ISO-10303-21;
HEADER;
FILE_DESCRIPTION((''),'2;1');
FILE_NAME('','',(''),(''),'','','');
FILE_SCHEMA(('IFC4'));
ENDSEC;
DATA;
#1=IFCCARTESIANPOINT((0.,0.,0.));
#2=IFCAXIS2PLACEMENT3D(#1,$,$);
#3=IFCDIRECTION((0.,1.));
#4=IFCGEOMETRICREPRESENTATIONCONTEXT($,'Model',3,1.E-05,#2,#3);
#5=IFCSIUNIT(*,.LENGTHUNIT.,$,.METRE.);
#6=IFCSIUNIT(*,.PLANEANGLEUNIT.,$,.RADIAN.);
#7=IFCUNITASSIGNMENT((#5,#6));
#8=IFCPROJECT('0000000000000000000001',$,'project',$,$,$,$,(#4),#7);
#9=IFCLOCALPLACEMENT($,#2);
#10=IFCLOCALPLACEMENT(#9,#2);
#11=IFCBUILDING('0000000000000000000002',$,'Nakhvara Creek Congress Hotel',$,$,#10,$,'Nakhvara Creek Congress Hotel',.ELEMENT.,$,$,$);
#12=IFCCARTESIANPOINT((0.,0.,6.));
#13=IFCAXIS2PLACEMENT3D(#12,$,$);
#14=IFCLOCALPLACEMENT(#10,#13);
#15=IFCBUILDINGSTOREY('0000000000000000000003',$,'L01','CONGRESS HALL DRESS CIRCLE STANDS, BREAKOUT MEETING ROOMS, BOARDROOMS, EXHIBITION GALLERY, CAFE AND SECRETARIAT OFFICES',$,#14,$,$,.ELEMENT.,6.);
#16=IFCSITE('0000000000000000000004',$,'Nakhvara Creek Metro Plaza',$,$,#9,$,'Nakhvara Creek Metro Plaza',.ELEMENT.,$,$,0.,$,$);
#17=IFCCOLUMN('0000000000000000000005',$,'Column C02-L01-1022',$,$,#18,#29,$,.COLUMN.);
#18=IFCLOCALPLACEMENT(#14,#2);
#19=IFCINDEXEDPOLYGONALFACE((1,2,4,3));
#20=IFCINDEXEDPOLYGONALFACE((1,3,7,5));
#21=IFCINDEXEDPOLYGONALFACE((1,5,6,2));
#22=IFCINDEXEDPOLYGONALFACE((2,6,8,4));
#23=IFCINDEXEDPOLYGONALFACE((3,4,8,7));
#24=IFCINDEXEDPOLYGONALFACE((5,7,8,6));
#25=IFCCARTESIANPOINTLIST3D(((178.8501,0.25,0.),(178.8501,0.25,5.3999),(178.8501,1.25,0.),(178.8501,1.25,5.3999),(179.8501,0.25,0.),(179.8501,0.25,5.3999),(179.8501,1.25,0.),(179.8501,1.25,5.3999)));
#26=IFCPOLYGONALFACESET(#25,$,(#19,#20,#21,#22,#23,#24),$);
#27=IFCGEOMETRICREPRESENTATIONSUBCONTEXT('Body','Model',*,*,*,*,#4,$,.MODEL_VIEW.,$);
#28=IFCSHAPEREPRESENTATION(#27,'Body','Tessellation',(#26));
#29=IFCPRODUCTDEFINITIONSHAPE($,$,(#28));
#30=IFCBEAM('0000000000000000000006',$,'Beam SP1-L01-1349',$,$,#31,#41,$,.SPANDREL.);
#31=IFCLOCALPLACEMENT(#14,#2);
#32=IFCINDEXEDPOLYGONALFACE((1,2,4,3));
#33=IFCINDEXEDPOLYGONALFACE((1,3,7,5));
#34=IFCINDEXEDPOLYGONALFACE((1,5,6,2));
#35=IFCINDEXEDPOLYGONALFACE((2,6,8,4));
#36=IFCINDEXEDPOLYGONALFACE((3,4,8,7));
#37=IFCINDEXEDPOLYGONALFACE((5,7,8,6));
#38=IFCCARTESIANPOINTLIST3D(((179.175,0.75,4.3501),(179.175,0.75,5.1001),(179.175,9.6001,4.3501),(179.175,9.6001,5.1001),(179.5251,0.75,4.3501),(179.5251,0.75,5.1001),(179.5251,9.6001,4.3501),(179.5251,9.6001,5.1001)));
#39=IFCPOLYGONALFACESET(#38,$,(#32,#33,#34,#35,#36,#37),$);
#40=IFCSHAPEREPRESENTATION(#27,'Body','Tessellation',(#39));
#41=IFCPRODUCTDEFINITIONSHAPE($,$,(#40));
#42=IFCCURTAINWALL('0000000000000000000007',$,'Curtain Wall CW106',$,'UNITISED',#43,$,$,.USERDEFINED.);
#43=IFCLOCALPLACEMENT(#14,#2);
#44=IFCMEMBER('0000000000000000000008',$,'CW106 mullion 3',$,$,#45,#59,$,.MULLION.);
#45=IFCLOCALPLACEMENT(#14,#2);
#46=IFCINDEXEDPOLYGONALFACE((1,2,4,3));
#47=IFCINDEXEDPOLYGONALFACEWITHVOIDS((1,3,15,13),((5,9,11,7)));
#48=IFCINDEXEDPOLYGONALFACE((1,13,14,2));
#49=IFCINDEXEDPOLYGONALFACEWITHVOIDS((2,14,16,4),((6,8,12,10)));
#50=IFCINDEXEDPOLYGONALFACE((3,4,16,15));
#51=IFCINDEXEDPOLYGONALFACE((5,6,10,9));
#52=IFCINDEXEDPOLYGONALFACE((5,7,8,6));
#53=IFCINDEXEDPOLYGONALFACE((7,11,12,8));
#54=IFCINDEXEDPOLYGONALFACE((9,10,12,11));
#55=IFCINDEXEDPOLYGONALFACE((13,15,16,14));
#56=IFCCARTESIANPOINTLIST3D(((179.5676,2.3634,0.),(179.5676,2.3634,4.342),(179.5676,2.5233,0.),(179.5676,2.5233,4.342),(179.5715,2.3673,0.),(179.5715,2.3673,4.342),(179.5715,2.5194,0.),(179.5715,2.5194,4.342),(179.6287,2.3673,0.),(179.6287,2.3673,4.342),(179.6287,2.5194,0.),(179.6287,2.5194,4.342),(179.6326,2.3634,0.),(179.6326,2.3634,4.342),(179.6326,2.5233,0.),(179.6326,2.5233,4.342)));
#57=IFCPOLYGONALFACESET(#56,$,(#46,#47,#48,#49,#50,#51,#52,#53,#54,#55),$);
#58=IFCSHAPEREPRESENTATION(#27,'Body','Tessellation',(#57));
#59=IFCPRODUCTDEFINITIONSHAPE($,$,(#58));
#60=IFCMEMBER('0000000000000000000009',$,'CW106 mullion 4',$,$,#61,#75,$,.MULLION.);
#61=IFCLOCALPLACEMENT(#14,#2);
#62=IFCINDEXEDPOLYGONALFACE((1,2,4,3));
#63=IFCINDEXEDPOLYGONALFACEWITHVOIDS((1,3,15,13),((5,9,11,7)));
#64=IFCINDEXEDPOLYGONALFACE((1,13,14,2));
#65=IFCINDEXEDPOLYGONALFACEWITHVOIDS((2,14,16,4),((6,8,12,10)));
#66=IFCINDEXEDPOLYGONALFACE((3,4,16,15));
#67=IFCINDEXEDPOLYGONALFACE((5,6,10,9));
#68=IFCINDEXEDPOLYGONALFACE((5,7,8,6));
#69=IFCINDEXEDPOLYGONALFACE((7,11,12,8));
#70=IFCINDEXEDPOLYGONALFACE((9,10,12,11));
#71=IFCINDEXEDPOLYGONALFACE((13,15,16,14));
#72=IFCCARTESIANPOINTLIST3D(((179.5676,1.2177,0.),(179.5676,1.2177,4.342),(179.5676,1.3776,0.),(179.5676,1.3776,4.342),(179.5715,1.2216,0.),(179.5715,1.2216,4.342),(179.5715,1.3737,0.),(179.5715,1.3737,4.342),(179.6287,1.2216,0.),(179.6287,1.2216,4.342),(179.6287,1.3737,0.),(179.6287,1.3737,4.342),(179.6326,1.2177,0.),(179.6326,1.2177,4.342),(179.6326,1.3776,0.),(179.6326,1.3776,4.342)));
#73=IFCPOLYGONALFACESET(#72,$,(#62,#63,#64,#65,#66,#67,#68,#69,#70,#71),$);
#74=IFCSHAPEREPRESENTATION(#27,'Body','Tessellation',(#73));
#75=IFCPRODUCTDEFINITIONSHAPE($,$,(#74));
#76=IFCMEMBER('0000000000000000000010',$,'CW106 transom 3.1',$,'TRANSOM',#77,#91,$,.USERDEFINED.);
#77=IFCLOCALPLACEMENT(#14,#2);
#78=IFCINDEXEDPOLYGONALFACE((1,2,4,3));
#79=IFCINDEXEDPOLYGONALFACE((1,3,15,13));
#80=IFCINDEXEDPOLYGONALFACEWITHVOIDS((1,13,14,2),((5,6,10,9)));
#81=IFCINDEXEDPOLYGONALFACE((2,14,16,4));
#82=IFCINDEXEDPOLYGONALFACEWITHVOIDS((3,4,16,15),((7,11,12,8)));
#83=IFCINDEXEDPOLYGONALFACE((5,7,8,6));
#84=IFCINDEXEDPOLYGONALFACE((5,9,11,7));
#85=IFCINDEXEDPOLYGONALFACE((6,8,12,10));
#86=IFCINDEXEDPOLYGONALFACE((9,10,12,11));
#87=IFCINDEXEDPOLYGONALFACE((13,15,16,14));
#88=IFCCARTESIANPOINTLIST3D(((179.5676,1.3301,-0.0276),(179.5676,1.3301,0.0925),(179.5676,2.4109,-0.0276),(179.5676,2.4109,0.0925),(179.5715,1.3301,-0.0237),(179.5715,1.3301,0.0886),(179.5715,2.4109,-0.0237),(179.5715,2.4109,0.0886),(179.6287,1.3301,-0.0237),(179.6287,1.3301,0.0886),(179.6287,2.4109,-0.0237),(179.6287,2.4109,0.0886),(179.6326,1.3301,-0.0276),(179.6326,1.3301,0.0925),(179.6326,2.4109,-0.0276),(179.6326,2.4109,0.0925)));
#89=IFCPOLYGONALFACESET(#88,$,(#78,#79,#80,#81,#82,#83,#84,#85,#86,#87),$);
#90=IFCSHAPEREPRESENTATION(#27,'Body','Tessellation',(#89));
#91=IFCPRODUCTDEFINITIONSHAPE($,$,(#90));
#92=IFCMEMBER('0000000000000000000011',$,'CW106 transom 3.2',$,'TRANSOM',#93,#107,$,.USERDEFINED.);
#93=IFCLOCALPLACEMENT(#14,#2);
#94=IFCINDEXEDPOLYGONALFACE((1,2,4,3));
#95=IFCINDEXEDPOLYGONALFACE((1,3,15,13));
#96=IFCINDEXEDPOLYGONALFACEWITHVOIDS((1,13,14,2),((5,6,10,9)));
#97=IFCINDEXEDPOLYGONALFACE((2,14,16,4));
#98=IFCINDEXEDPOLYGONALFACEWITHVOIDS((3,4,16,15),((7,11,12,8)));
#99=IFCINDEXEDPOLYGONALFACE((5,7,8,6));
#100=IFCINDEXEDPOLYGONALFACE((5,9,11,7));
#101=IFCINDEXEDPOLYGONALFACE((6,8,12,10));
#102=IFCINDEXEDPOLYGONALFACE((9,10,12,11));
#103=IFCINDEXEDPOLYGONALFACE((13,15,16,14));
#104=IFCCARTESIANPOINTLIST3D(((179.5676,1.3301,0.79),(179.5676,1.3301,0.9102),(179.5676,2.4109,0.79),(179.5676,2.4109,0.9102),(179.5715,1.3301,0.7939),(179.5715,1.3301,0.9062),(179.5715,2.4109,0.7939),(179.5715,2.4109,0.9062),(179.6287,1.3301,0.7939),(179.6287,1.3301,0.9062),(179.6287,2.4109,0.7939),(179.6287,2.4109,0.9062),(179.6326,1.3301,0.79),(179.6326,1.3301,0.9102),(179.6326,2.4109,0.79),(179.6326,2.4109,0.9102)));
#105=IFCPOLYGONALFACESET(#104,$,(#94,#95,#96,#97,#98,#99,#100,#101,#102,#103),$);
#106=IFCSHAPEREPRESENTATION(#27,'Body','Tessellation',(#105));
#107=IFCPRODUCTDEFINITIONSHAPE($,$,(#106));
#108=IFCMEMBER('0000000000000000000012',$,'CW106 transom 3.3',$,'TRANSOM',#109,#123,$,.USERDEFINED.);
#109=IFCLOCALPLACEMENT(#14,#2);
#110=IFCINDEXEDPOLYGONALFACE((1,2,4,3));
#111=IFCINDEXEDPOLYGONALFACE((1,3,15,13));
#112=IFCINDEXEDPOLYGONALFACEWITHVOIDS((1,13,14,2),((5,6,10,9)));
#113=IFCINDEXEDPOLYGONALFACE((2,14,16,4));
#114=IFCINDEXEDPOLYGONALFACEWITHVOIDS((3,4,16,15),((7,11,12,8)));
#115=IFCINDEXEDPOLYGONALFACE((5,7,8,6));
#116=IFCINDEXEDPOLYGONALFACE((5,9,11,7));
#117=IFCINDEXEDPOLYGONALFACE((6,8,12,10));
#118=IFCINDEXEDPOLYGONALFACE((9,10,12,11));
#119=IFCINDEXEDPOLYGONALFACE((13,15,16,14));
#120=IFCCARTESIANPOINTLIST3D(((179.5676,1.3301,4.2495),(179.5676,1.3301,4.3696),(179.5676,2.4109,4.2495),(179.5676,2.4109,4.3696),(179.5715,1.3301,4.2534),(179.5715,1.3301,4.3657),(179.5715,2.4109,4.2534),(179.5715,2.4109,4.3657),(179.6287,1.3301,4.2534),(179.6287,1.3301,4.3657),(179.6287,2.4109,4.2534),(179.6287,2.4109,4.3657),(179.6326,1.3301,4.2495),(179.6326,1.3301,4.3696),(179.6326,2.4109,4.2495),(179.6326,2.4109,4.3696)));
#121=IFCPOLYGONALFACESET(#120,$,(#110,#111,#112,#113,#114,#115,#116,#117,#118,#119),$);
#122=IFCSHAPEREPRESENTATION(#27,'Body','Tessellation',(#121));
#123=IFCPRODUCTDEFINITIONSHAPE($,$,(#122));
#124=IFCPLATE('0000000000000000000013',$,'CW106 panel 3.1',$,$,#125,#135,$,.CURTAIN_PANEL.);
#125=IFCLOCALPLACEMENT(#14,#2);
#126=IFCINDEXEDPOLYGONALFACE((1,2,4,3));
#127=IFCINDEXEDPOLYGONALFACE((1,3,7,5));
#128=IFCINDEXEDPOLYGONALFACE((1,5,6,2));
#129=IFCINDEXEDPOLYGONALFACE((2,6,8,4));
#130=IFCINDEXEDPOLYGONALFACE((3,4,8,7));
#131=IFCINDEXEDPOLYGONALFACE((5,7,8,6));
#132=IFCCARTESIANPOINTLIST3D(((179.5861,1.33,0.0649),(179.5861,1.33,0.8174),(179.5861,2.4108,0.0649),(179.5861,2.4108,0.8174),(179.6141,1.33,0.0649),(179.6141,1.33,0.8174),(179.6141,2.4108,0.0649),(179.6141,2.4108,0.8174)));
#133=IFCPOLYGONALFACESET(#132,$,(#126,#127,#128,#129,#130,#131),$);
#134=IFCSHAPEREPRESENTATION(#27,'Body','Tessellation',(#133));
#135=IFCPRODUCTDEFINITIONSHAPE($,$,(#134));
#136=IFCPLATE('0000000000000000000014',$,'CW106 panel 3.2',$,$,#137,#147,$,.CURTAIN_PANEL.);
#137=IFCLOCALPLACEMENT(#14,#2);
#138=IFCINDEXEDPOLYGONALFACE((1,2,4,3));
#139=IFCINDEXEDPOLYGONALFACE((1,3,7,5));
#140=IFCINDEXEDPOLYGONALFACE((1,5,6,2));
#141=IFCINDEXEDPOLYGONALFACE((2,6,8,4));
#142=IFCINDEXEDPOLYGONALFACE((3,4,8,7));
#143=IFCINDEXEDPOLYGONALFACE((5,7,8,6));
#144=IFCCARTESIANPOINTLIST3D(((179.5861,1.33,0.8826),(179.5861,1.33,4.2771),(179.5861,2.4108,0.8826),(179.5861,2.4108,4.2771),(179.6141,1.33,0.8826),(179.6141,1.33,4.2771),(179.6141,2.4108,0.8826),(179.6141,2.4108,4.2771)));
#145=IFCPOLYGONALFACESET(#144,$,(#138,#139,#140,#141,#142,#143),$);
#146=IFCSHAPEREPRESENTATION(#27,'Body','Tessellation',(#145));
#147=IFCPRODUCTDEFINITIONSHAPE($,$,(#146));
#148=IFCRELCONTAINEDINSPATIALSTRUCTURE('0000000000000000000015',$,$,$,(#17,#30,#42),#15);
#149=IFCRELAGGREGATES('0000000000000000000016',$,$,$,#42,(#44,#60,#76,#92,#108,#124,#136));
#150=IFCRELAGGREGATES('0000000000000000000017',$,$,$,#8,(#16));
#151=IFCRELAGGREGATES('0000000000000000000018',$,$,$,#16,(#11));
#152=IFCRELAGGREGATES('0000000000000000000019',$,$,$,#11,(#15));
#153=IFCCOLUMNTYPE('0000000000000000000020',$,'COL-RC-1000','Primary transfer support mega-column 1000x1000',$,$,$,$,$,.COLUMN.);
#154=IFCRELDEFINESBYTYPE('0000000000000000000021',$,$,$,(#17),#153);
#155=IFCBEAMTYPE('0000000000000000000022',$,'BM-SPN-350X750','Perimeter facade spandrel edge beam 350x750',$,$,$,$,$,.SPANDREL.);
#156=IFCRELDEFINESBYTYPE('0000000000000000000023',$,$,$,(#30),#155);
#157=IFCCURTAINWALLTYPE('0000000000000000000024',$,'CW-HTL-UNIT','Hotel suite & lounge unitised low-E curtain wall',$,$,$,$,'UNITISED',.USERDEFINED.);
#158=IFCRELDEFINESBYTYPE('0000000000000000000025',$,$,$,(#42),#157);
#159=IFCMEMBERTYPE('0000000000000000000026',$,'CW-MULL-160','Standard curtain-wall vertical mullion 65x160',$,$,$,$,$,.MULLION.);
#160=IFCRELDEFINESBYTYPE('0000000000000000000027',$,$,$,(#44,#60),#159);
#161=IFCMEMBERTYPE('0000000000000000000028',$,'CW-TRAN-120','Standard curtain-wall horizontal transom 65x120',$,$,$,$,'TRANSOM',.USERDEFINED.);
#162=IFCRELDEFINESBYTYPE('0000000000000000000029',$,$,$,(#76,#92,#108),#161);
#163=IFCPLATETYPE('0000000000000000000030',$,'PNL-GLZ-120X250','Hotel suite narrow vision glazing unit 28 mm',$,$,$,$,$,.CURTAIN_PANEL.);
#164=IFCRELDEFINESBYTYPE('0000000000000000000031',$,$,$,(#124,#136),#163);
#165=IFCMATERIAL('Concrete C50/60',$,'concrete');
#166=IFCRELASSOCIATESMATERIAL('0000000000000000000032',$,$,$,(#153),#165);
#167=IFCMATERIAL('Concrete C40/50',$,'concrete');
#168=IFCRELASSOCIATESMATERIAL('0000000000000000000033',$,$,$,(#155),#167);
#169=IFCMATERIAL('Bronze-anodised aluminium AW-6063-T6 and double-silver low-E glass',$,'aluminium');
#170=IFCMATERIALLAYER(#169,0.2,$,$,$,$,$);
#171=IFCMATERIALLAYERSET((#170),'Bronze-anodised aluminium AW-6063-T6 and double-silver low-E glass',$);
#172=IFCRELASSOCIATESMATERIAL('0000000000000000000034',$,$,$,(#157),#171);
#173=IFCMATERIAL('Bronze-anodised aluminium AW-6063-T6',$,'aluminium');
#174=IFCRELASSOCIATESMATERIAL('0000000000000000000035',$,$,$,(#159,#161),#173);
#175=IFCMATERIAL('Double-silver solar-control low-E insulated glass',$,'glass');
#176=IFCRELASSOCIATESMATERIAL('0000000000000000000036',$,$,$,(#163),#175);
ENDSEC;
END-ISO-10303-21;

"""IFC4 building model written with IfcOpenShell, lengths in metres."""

from ifc_helpers import new_model, si_unit, direction, frame, origin, origin_2d, place, context, subcontext, project, spatial, rectangle, hollow_rectangle, extrude, material, layer, layer_set, material_profile, profile_set, type_object, element, aggregate, save


model = new_model("IFC4")

# Units and contexts
model_context = context("Model", 3, precision=1e-05, world=origin(), true_north=direction((0.0, 1.0)))
body_context = subcontext(model_context, "Body", "Model", "MODEL_VIEW")
ifc_project = project(units=[si_unit("LENGTHUNIT", "METRE"), si_unit("PLANEANGLEUNIT", "RADIAN")], contexts=[model_context])

# Site, building, storey
site_placement = place(None, origin())
site = spatial("IfcSite", under=ifc_project, at=site_placement, Name="Nakhvara Creek Metro Plaza", LongName="Nakhvara Creek Metro Plaza", CompositionType="ELEMENT", RefElevation=0.0)
building_placement = place(site_placement, origin())
building = spatial("IfcBuilding", under=site, at=building_placement, Name="Nakhvara Creek Congress Hotel", LongName="Nakhvara Creek Congress Hotel", CompositionType="ELEMENT")
storey_placement = place(building_placement, frame((0.0, 0.0, 6.0)))
storey = spatial("IfcBuildingStorey", under=building, at=storey_placement, Name="L01", Description="CONGRESS HALL DRESS CIRCLE STANDS, BREAKOUT MEETING ROOMS, BOARDROOMS, EXHIBITION GALLERY, CAFE AND SECRETARIAT OFFICES", CompositionType="ELEMENT", Elevation=6.0)

# Column
ifc_material_1 = material(Name="Concrete C50/60", Category="concrete")
ifc_material_profile_1 = material_profile(ifc_material_1, rectangle(XDim=1.0, YDim=1.0, at=origin_2d()), Name="RC-COL 1000x1000", Category="LoadBearing")
ifc_profile_set_1 = profile_set([ifc_material_profile_1], Name="Concrete C50/60")
column_type = type_object("IfcColumnType", Name="COL-RC-1000", Description="Primary transfer support mega-column 1000x1000", PredefinedType="COLUMN", material=ifc_profile_set_1)
column_placement = place(storey_placement, frame((179.3501, 0.75, 0.0), z_axis=(0.0, 0.0, 1.0), x_axis=(1.0, 0.0, 0.0)))
element("IfcColumn", 1, at=column_placement, inside=storey, type_object=column_type, Name="Column C02-L01-1022", PredefinedType="COLUMN", context=body_context, shape_type="SweptSolid", body=[
    extrude(rectangle(XDim=1.0, YDim=1.0, at=origin_2d()), origin(), (0.0, 0.0, 1.0), 5.3999),
])

# Beam
ifc_material_2 = material(Name="Concrete C40/50", Category="concrete")
ifc_material_profile_2 = material_profile(ifc_material_2, rectangle(XDim=0.3501, YDim=0.75, at=origin_2d()), Name="RC-SPANDREL 350x750", Category="LoadBearing")
ifc_profile_set_2 = profile_set([ifc_material_profile_2], Name="Concrete C40/50")
beam_type = type_object("IfcBeamType", Name="BM-SPN-350X750", Description="Perimeter facade spandrel edge beam 350x750", PredefinedType="SPANDREL", material=ifc_profile_set_2)
beam_placement = place(storey_placement, frame((179.3501, 0.75, 4.7251), z_axis=(0.0, 1.0, 0.0), x_axis=(-1.0, 0.0, 0.0)))
element("IfcBeam", 2, at=beam_placement, inside=storey, type_object=beam_type, Name="Beam SP1-L01-1349", PredefinedType="SPANDREL", context=body_context, shape_type="SweptSolid", body=[
    extrude(rectangle(XDim=0.3501, YDim=0.75, at=origin_2d()), origin(), (0.0, 0.0, 1.0), 8.8501),
])

# Curtain wall, members, plates
ifc_material_3 = material(Name="Bronze-anodised aluminium AW-6063-T6 and double-silver low-E glass", Category="aluminium")
ifc_layer_1 = layer(ifc_material_3, 0.2)
ifc_layer_set_1 = layer_set([ifc_layer_1], Name="Bronze-anodised aluminium AW-6063-T6 and double-silver low-E glass")
curtain_wall_type = type_object("IfcCurtainWallType", Name="CW-HTL-UNIT", Description="Hotel suite & lounge unitised low-E curtain wall", ElementType="UNITISED", PredefinedType="USERDEFINED", material=ifc_layer_set_1)
curtain_wall_placement = place(storey_placement, origin())
curtain_wall = element("IfcCurtainWall", 3, at=curtain_wall_placement, inside=storey, type_object=curtain_wall_type, Name="Curtain Wall CW106", ObjectType="UNITISED", PredefinedType="USERDEFINED")
ifc_material_4 = material(Name="Bronze-anodised aluminium AW-6063-T6", Category="aluminium")
ifc_material_profile_3 = material_profile(ifc_material_4, hollow_rectangle(XDim=0.0649, YDim=0.1599, WallThickness=0.0039, at=origin_2d()), Name="ALU-MULL 65x160x4", Category="LoadBearing")
ifc_profile_set_3 = profile_set([ifc_material_profile_3], Name="Bronze-anodised aluminium AW-6063-T6")
member_type_1 = type_object("IfcMemberType", Name="CW-MULL-160", Description="Standard curtain-wall vertical mullion 65x160", PredefinedType="MULLION", material=ifc_profile_set_3)
member_1_placement = place(storey_placement, frame((179.6001, 2.4434, 0.0), z_axis=(0.0, 0.0, 1.0), x_axis=(1.0, 0.0, 0.0)))
member_1 = element("IfcMember", 4, at=member_1_placement, type_object=member_type_1, Name="CW106 mullion 3", PredefinedType="MULLION", context=body_context, shape_type="SweptSolid", body=[
    extrude(hollow_rectangle(XDim=0.0649, YDim=0.1599, WallThickness=0.0039, at=origin_2d()), origin(), (0.0, 0.0, 1.0), 4.342),
])
member_2_placement = place(storey_placement, frame((179.6001, 1.2976, 0.0), z_axis=(0.0, 0.0, 1.0), x_axis=(1.0, 0.0, 0.0)))
member_2 = element("IfcMember", 5, at=member_2_placement, type_object=member_type_1, Name="CW106 mullion 4", PredefinedType="MULLION", context=body_context, shape_type="SweptSolid", body=[
    extrude(hollow_rectangle(XDim=0.0649, YDim=0.1599, WallThickness=0.0039, at=origin_2d()), origin(), (0.0, 0.0, 1.0), 4.342),
])
ifc_material_profile_4 = material_profile(ifc_material_4, hollow_rectangle(XDim=0.0649, YDim=0.1201, WallThickness=0.0039, at=origin_2d()), Name="ALU-TRAN 65x120x4", Category="LoadBearing")
ifc_profile_set_4 = profile_set([ifc_material_profile_4], Name="Bronze-anodised aluminium AW-6063-T6")
member_type_2 = type_object("IfcMemberType", Name="CW-TRAN-120", Description="Standard curtain-wall horizontal transom 65x120", ElementType="TRANSOM", PredefinedType="USERDEFINED", material=ifc_profile_set_4)
member_3_placement = place(storey_placement, frame((179.6001, 2.4109, 0.0325), z_axis=(0.0, -1.0, 0.0), x_axis=(1.0, 0.0, 0.0)))
member_3 = element("IfcMember", 6, at=member_3_placement, type_object=member_type_2, Name="CW106 transom 3.1", ObjectType="TRANSOM", PredefinedType="USERDEFINED", context=body_context, shape_type="SweptSolid", body=[
    extrude(hollow_rectangle(XDim=0.0649, YDim=0.1201, WallThickness=0.0039, at=origin_2d()), origin(), (0.0, 0.0, 1.0), 1.0808),
])
member_4_placement = place(storey_placement, frame((179.6001, 2.4109, 0.8501), z_axis=(0.0, -1.0, 0.0), x_axis=(1.0, 0.0, 0.0)))
member_4 = element("IfcMember", 7, at=member_4_placement, type_object=member_type_2, Name="CW106 transom 3.2", ObjectType="TRANSOM", PredefinedType="USERDEFINED", context=body_context, shape_type="SweptSolid", body=[
    extrude(hollow_rectangle(XDim=0.0649, YDim=0.1201, WallThickness=0.0039, at=origin_2d()), origin(), (0.0, 0.0, 1.0), 1.0808),
])
member_5_placement = place(storey_placement, frame((179.6001, 2.4109, 4.3096), z_axis=(0.0, -1.0, 0.0), x_axis=(1.0, 0.0, 0.0)))
member_5 = element("IfcMember", 8, at=member_5_placement, type_object=member_type_2, Name="CW106 transom 3.3", ObjectType="TRANSOM", PredefinedType="USERDEFINED", context=body_context, shape_type="SweptSolid", body=[
    extrude(hollow_rectangle(XDim=0.0649, YDim=0.1201, WallThickness=0.0039, at=origin_2d()), origin(), (0.0, 0.0, 1.0), 1.0808),
])
ifc_material_5 = material(Name="Double-silver solar-control low-E insulated glass", Category="glass")
plate_type = type_object("IfcPlateType", Name="PNL-GLZ-120X250", Description="Hotel suite narrow vision glazing unit 28 mm", PredefinedType="CURTAIN_PANEL", material=ifc_material_5)
plate_1_placement = place(storey_placement, frame((179.6001, 1.8704, 0.0649), z_axis=(0.0, 0.0, 1.0), x_axis=(0.0, -1.0, 0.0)))
plate_1 = element("IfcPlate", 9, at=plate_1_placement, type_object=plate_type, Name="CW106 panel 3.1", PredefinedType="CURTAIN_PANEL", context=body_context, shape_type="SweptSolid", body=[
    extrude(rectangle(XDim=1.0808, YDim=0.0281, at=origin_2d()), origin(), (0.0, 0.0, 1.0), 0.7524),
])
plate_2_placement = place(storey_placement, frame((179.6001, 1.8704, 0.8826), z_axis=(0.0, 0.0, 1.0), x_axis=(0.0, -1.0, 0.0)))
plate_2 = element("IfcPlate", 10, at=plate_2_placement, type_object=plate_type, Name="CW106 panel 3.2", PredefinedType="CURTAIN_PANEL", context=body_context, shape_type="SweptSolid", body=[
    extrude(rectangle(XDim=1.0808, YDim=0.0281, at=origin_2d()), origin(), (0.0, 0.0, 1.0), 3.3945),
])
aggregate(curtain_wall, [member_1, member_2, member_3, member_4, member_5, plate_1, plate_2])

save(model, "model.ifc")
